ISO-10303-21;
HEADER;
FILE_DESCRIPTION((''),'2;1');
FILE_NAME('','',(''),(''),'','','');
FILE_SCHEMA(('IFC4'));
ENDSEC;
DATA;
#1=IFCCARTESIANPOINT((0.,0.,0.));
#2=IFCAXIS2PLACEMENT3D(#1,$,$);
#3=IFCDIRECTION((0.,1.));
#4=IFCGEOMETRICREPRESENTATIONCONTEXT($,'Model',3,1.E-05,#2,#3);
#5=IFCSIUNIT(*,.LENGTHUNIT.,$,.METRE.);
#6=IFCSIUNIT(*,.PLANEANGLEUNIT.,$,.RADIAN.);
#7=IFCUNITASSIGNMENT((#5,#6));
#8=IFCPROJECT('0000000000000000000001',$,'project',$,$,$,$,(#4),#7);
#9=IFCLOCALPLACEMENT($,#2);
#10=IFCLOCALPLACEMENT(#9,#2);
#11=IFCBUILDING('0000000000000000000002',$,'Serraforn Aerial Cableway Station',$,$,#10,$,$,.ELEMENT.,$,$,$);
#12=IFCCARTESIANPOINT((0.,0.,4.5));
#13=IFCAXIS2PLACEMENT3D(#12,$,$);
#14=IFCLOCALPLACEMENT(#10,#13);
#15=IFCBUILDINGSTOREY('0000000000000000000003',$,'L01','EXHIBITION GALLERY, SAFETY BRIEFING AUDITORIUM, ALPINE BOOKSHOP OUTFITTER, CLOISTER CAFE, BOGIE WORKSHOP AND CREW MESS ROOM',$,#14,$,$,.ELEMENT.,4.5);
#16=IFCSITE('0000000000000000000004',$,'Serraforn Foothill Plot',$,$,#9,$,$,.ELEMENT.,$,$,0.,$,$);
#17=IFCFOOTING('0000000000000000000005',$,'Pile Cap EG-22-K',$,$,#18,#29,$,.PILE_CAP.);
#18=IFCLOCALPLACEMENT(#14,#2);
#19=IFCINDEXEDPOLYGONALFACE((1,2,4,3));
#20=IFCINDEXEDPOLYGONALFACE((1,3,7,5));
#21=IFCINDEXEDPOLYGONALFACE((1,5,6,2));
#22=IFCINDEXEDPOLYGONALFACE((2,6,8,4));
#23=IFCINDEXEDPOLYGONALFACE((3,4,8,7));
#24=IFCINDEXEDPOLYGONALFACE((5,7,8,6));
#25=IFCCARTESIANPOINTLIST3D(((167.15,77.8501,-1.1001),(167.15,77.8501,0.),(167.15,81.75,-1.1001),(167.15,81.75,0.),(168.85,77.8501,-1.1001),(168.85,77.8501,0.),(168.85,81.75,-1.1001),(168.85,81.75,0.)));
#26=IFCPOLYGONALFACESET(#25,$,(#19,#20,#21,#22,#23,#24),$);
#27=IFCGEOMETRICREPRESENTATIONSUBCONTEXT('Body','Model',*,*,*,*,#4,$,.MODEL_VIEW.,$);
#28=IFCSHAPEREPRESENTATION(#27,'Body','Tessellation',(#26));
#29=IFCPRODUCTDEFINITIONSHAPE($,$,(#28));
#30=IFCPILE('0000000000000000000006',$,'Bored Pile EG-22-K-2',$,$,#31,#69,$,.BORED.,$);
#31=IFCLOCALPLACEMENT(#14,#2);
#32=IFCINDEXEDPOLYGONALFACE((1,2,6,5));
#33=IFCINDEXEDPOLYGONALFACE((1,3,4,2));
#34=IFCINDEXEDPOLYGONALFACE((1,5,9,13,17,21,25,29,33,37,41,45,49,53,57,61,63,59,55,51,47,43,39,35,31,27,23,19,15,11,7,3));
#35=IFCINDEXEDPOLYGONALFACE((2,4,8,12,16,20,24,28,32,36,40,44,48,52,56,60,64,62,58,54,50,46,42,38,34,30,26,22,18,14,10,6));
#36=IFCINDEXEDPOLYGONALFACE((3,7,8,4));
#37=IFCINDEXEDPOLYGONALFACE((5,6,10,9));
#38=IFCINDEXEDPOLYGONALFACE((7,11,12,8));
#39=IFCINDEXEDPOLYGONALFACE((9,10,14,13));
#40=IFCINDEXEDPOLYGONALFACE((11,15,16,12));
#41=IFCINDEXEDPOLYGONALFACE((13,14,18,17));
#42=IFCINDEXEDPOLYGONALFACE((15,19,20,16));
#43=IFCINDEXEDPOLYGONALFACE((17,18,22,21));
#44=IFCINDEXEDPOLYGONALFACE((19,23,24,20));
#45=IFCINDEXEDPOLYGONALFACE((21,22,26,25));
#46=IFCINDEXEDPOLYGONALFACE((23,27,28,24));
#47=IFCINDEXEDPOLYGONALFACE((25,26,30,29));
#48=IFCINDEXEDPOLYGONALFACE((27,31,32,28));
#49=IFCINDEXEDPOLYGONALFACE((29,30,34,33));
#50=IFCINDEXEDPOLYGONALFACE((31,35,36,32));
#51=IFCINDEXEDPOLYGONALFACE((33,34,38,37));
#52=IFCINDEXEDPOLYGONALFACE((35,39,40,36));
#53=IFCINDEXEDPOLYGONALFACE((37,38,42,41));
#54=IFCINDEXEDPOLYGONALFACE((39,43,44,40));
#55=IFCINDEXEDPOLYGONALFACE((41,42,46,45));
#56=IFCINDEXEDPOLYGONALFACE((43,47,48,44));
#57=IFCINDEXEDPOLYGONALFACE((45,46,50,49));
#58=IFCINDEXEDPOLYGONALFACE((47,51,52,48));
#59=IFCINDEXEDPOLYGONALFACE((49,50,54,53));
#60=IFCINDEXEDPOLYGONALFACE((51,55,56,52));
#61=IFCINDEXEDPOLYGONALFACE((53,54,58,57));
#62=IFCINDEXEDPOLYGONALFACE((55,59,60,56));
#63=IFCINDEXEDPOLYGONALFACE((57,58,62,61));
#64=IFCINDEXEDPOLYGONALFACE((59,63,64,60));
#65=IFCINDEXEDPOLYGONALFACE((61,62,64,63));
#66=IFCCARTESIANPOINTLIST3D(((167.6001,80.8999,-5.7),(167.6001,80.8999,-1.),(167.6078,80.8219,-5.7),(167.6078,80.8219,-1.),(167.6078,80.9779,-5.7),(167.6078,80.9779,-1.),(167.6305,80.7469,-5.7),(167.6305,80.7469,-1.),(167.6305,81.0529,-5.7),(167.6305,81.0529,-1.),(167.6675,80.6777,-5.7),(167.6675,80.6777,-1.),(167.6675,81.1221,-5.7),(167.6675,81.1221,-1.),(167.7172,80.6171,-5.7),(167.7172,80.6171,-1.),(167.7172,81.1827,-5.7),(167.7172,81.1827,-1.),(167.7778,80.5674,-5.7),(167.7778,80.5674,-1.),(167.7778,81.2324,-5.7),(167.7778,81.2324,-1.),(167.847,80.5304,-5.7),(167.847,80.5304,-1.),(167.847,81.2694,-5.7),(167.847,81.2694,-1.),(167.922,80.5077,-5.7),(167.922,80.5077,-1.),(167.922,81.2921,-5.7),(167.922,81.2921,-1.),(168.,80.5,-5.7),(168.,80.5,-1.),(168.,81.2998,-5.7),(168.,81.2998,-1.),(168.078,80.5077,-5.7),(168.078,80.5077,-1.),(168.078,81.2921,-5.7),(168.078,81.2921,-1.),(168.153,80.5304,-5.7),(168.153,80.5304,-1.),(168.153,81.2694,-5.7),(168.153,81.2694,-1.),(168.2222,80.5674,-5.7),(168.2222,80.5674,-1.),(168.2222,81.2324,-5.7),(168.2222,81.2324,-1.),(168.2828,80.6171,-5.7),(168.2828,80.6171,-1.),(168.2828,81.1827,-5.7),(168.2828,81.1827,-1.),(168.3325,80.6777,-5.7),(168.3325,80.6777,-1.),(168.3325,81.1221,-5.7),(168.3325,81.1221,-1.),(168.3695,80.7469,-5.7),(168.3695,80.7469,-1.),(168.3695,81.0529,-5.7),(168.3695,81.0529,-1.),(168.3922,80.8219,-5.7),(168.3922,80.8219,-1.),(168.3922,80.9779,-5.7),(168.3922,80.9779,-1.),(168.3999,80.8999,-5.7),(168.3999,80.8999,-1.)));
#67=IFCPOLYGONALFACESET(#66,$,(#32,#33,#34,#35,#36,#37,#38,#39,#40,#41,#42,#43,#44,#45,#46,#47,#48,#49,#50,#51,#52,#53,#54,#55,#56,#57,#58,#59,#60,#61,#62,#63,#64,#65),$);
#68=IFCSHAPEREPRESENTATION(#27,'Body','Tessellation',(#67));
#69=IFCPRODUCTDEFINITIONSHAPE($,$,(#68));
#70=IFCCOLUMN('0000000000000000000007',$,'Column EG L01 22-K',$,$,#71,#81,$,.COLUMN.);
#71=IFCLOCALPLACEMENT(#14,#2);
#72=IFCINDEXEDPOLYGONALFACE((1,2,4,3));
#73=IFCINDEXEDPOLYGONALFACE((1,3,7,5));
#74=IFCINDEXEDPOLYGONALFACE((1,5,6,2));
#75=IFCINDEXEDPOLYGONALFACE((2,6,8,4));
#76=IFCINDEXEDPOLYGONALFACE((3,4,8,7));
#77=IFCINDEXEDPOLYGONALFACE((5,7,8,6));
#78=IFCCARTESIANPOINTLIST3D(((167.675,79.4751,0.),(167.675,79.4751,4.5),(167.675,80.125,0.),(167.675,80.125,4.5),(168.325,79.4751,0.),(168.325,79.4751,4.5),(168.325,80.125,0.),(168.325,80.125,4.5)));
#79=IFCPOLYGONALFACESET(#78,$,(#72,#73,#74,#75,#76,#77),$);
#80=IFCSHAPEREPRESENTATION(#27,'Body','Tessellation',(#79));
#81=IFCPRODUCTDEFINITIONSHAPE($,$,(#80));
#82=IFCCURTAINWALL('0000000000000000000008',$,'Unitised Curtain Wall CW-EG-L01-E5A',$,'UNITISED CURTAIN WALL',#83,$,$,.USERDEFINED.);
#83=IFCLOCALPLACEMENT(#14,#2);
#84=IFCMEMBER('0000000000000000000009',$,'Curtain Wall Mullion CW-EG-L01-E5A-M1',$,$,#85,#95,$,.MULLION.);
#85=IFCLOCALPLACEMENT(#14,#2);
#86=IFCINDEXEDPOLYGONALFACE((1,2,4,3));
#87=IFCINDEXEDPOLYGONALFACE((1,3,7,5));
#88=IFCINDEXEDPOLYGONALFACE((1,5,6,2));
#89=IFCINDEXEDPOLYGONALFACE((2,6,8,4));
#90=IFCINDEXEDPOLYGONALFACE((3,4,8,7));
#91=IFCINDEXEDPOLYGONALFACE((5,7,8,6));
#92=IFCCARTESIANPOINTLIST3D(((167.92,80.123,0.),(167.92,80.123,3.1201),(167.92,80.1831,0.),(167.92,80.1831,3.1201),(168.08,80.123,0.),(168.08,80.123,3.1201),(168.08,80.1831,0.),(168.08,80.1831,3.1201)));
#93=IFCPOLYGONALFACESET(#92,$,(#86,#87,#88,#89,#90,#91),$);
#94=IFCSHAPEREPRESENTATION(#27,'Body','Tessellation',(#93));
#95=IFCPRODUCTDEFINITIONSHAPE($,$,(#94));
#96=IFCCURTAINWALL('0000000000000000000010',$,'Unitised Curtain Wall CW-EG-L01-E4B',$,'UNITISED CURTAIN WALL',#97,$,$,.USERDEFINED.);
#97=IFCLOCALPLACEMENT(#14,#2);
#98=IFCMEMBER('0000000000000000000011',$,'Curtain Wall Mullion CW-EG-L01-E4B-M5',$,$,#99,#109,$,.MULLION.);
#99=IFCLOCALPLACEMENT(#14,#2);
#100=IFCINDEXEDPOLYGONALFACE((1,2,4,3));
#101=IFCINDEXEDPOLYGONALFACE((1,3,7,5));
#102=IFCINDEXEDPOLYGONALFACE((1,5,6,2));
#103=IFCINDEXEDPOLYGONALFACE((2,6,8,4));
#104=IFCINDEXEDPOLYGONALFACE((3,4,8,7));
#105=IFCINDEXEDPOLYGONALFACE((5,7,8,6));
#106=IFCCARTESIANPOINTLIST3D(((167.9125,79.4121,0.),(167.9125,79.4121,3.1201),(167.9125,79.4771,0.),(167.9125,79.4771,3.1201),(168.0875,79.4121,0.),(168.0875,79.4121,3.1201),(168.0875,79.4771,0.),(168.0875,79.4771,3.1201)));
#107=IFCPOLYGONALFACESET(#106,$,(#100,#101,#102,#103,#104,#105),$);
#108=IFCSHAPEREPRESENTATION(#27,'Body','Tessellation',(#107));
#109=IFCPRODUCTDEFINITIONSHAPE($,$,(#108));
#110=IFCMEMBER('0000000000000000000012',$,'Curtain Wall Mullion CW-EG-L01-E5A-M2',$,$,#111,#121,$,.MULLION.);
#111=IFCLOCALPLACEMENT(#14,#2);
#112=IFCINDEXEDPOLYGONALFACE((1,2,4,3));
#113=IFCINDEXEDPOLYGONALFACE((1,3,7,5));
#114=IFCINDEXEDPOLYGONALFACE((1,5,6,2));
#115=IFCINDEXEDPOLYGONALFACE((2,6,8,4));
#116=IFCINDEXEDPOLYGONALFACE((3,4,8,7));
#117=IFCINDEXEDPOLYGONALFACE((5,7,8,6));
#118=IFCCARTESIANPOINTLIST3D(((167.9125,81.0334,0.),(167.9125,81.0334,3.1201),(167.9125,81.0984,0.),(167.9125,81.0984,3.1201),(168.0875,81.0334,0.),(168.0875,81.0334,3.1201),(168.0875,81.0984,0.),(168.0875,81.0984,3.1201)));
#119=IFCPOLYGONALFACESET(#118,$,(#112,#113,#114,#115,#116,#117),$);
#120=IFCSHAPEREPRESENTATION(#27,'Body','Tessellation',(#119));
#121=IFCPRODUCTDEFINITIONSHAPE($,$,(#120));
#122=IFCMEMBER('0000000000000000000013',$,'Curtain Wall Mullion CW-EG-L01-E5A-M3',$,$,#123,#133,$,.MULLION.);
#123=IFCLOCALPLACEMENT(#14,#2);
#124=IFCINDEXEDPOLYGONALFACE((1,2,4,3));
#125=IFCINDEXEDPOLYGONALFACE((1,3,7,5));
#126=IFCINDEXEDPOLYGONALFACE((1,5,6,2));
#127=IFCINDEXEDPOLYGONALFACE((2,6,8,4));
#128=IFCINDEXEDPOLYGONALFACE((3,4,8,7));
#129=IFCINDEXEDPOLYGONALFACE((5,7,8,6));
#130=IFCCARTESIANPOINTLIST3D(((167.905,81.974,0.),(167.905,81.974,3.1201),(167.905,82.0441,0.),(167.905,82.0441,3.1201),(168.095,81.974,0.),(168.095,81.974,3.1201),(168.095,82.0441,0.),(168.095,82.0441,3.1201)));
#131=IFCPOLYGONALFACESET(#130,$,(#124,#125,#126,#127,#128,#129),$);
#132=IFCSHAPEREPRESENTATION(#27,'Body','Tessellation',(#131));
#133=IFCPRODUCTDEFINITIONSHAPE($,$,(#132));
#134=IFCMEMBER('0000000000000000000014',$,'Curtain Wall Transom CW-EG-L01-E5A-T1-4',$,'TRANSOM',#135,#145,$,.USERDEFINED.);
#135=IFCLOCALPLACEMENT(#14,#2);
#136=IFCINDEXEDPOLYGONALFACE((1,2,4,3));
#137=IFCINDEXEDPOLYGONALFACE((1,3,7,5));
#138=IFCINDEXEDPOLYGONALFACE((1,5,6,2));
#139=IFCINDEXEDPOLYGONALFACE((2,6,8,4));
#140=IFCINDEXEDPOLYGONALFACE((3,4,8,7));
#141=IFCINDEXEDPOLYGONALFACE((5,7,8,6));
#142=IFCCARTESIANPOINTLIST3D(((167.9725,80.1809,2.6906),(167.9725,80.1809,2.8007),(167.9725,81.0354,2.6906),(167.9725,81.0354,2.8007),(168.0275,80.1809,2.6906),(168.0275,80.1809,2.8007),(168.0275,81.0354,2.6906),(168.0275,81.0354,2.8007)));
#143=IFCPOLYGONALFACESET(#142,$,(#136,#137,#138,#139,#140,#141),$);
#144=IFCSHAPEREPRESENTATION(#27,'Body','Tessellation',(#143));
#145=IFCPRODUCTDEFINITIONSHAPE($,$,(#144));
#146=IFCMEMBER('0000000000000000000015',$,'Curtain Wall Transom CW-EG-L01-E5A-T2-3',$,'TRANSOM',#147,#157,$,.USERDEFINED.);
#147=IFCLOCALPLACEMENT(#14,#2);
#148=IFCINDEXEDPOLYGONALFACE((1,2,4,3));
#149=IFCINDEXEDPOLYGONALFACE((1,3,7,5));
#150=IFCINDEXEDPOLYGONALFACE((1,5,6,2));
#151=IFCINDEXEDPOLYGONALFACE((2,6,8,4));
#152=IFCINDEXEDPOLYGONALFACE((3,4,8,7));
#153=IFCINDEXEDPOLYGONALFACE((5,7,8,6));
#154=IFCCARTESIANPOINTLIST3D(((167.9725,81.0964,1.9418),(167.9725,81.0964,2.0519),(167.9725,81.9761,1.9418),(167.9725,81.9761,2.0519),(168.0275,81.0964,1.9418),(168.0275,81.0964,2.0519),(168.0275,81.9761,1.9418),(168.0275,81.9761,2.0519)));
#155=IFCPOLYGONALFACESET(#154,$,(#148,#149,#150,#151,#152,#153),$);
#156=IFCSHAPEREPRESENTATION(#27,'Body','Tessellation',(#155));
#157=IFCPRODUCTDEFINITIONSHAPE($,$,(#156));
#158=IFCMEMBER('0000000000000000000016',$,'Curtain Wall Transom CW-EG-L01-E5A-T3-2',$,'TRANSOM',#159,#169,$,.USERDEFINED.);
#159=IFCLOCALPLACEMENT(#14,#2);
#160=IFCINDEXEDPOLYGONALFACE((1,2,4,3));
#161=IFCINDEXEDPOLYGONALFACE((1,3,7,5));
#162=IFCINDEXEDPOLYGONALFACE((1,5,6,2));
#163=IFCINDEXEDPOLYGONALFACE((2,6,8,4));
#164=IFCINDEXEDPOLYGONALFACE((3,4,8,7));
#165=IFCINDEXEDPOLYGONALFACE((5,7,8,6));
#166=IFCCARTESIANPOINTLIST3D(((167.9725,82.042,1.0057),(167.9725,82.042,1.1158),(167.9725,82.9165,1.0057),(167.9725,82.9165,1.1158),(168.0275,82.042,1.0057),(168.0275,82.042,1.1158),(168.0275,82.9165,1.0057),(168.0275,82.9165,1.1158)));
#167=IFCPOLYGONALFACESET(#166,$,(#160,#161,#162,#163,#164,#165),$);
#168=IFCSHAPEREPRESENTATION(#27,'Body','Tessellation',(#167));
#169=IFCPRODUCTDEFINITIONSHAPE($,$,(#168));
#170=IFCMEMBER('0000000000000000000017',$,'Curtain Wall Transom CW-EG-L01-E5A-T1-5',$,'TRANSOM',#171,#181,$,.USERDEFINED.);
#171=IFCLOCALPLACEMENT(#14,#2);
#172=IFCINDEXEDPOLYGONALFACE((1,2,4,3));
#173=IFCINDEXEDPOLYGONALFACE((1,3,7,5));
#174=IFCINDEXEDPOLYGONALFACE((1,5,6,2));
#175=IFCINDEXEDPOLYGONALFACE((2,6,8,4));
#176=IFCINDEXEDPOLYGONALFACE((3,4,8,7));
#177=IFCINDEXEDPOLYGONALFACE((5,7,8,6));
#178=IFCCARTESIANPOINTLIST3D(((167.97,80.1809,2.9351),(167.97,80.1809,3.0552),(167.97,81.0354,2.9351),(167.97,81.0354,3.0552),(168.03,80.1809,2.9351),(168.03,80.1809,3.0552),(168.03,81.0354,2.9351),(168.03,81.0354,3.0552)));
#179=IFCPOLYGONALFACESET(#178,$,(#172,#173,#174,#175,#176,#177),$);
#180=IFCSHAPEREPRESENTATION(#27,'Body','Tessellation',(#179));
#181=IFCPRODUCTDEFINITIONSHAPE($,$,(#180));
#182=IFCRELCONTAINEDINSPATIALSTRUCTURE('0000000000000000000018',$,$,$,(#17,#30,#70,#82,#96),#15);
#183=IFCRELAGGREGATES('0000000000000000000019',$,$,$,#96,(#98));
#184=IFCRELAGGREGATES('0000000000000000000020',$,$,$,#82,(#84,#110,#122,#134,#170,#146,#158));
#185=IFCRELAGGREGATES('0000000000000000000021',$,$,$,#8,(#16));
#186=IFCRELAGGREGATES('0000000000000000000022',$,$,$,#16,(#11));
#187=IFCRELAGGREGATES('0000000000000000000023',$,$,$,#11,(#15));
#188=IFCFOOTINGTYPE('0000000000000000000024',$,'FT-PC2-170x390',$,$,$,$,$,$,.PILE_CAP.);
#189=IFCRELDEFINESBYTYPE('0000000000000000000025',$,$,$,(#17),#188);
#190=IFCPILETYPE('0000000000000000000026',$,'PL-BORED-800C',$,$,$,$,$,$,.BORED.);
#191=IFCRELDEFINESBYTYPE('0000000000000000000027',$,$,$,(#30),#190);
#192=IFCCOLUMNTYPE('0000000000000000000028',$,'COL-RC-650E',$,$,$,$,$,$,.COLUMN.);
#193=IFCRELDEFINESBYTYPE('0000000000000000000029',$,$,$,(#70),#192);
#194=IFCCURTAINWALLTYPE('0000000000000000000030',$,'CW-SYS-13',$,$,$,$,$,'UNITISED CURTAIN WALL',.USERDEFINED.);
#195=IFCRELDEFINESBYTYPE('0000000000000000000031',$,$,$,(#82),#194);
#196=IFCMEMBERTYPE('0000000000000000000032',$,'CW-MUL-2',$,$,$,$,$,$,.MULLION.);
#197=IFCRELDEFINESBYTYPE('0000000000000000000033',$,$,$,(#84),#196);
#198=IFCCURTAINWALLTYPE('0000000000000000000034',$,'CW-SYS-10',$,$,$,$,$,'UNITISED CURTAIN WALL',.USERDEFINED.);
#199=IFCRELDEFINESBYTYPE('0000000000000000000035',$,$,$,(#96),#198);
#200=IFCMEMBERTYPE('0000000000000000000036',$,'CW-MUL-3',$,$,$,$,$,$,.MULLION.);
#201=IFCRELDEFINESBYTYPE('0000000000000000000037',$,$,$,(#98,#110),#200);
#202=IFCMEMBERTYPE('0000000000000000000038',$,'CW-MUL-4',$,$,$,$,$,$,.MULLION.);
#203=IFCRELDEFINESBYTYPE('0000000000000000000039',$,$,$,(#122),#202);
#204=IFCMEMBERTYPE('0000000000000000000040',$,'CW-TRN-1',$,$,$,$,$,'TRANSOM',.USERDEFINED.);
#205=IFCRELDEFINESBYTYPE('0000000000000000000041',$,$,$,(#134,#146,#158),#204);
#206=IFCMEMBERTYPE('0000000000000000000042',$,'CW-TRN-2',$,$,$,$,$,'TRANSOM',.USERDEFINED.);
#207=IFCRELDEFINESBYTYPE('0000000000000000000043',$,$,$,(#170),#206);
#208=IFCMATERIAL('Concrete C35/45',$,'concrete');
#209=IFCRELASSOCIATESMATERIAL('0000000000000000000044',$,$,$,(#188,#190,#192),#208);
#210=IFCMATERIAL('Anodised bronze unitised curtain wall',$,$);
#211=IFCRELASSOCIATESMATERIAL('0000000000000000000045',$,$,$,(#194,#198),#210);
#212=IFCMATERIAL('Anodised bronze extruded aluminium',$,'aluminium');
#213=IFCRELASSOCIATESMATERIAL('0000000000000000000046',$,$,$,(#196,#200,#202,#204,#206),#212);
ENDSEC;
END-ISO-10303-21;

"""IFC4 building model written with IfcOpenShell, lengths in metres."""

from ifc_helpers import new_model, si_unit, direction, frame, origin, origin_2d, place, context, subcontext, project, spatial, rectangle, circle, extrude, material, material_profile, profile_set, type_object, element, aggregate, save


model = new_model("IFC4")

# Units and contexts
model_context = context("Model", 3, precision=1e-05, world=origin(), true_north=direction((0.0, 1.0)))
body_context = subcontext(model_context, "Body", "Model", "MODEL_VIEW")
ifc_project = project(units=[si_unit("LENGTHUNIT", "METRE"), si_unit("PLANEANGLEUNIT", "RADIAN")], contexts=[model_context])

# Site, building, storey
site_placement = place(None, origin())
site = spatial("IfcSite", under=ifc_project, at=site_placement, Name="Serraforn Foothill Plot", CompositionType="ELEMENT", RefElevation=0.0)
building_placement = place(site_placement, origin())
building = spatial("IfcBuilding", under=site, at=building_placement, Name="Serraforn Aerial Cableway Station", CompositionType="ELEMENT")
storey_placement = place(building_placement, frame((0.0, 0.0, 4.5)))
storey = spatial("IfcBuildingStorey", under=building, at=storey_placement, Name="L01", Description="EXHIBITION GALLERY, SAFETY BRIEFING AUDITORIUM, ALPINE BOOKSHOP OUTFITTER, CLOISTER CAFE, BOGIE WORKSHOP AND CREW MESS ROOM", CompositionType="ELEMENT", Elevation=4.5)

# Footing
ifc_material_1 = material(Name="Concrete C35/45", Category="concrete")
footing_type = type_object("IfcFootingType", Name="FT-PC2-170x390", PredefinedType="PILE_CAP", material=ifc_material_1)
footing_placement = place(storey_placement, frame((168.0, 79.8, -1.1001), z_axis=(0.0, 0.0, 1.0), x_axis=(1.0, 0.0, 0.0)))
element("IfcFooting", 1, at=footing_placement, inside=storey, type_object=footing_type, Name="Pile Cap EG-22-K", PredefinedType="PILE_CAP", context=body_context, shape_type="SweptSolid", body=[
    extrude(rectangle(XDim=1.7, YDim=3.8999, at=origin_2d()), origin(), (0.0, 0.0, 1.0), 1.1001),
])

# Pile
ifc_material_profile_1 = material_profile(ifc_material_1, circle(Radius=0.3999, at=origin_2d()), Name="BORED PILE D800")
ifc_profile_set_1 = profile_set([ifc_material_profile_1], Name="Concrete C35/45")
pile_type = type_object("IfcPileType", Name="PL-BORED-800C", PredefinedType="BORED", material=ifc_profile_set_1)
pile_placement = place(storey_placement, frame((168.0, 80.8999, -1.0), z_axis=(0.0, 0.0, -1.0), x_axis=(1.0, 0.0, 0.0)))
element("IfcPile", 2, at=pile_placement, inside=storey, type_object=pile_type, Name="Bored Pile EG-22-K-2", PredefinedType="BORED", context=body_context, shape_type="SweptSolid", body=[
    extrude(circle(Radius=0.3999, at=origin_2d()), origin(), (0.0, 0.0, 1.0), 4.7),
])

# Column
ifc_material_profile_2 = material_profile(ifc_material_1, rectangle(XDim=0.6499, YDim=0.6499, at=origin_2d()), Name="RC 650x650")
ifc_profile_set_2 = profile_set([ifc_material_profile_2], Name="Concrete C35/45")
column_type = type_object("IfcColumnType", Name="COL-RC-650E", PredefinedType="COLUMN", material=ifc_profile_set_2)
column_placement = place(storey_placement, frame((168.0, 79.8, 0.0), z_axis=(0.0, 0.0, 1.0), x_axis=(1.0, 0.0, 0.0)))
element("IfcColumn", 3, at=column_placement, inside=storey, type_object=column_type, Name="Column EG L01 22-K", PredefinedType="COLUMN", context=body_context, shape_type="SweptSolid", body=[
    extrude(rectangle(XDim=0.6499, YDim=0.6499, at=origin_2d()), origin(), (0.0, 0.0, 1.0), 4.5),
])

# Curtain walls, members
ifc_material_2 = material(Name="Anodised bronze unitised curtain wall")
curtain_wall_type_1 = type_object("IfcCurtainWallType", Name="CW-SYS-13", ElementType="UNITISED CURTAIN WALL", PredefinedType="USERDEFINED", material=ifc_material_2)
curtain_wall_1_placement = place(storey_placement, origin())
curtain_wall_1 = element("IfcCurtainWall", 4, at=curtain_wall_1_placement, inside=storey, type_object=curtain_wall_type_1, Name="Unitised Curtain Wall CW-EG-L01-E5A", ObjectType="UNITISED CURTAIN WALL", PredefinedType="USERDEFINED")
ifc_material_3 = material(Name="Anodised bronze extruded aluminium", Category="aluminium")
ifc_material_profile_3 = material_profile(ifc_material_3, rectangle(XDim=0.0601, YDim=0.1599, at=origin_2d()), Name="CW MULLION 60x160")
ifc_profile_set_3 = profile_set([ifc_material_profile_3], Name="Anodised bronze extruded aluminium")
member_type_1 = type_object("IfcMemberType", Name="CW-MUL-2", PredefinedType="MULLION", material=ifc_profile_set_3)
member_1_placement = place(storey_placement, frame((168.0, 80.1531, 0.0), z_axis=(0.0, 0.0, 1.0), x_axis=(0.0, 1.0, 0.0)))
member_1 = element("IfcMember", 5, at=member_1_placement, type_object=member_type_1, Name="Curtain Wall Mullion CW-EG-L01-E5A-M1", PredefinedType="MULLION", context=body_context, shape_type="SweptSolid", body=[
    extrude(rectangle(XDim=0.0601, YDim=0.1599, at=origin_2d()), origin(), (0.0, 0.0, 1.0), 3.1201),
])
curtain_wall_type_2 = type_object("IfcCurtainWallType", Name="CW-SYS-10", ElementType="UNITISED CURTAIN WALL", PredefinedType="USERDEFINED", material=ifc_material_2)
curtain_wall_2_placement = place(storey_placement, origin())
curtain_wall_2 = element("IfcCurtainWall", 6, at=curtain_wall_2_placement, inside=storey, type_object=curtain_wall_type_2, Name="Unitised Curtain Wall CW-EG-L01-E4B", ObjectType="UNITISED CURTAIN WALL", PredefinedType="USERDEFINED")
ifc_material_profile_4 = material_profile(ifc_material_3, rectangle(XDim=0.0649, YDim=0.175, at=origin_2d()), Name="CW MULLION 65x175")
ifc_profile_set_4 = profile_set([ifc_material_profile_4], Name="Anodised bronze extruded aluminium")
member_type_2 = type_object("IfcMemberType", Name="CW-MUL-3", PredefinedType="MULLION", material=ifc_profile_set_4)
member_2_placement = place(storey_placement, frame((168.0, 79.4446, 0.0), z_axis=(0.0, 0.0, 1.0), x_axis=(0.0, 1.0, 0.0)))
member_2 = element("IfcMember", 7, at=member_2_placement, type_object=member_type_2, Name="Curtain Wall Mullion CW-EG-L01-E4B-M5", PredefinedType="MULLION", context=body_context, shape_type="SweptSolid", body=[
    extrude(rectangle(XDim=0.0649, YDim=0.175, at=origin_2d()), origin(), (0.0, 0.0, 1.0), 3.1201),
])

# Members
member_3_placement = place(storey_placement, frame((168.0, 81.0659, 0.0), z_axis=(0.0, 0.0, 1.0), x_axis=(0.0, 1.0, 0.0)))
member_3 = element("IfcMember", 8, at=member_3_placement, type_object=member_type_2, Name="Curtain Wall Mullion CW-EG-L01-E5A-M2", PredefinedType="MULLION", context=body_context, shape_type="SweptSolid", body=[
    extrude(rectangle(XDim=0.0649, YDim=0.175, at=origin_2d()), origin(), (0.0, 0.0, 1.0), 3.1201),
])
ifc_material_profile_5 = material_profile(ifc_material_3, rectangle(XDim=0.0701, YDim=0.1899, at=origin_2d()), Name="CW MULLION 70x190")
ifc_profile_set_5 = profile_set([ifc_material_profile_5], Name="Anodised bronze extruded aluminium")
member_type_3 = type_object("IfcMemberType", Name="CW-MUL-4", PredefinedType="MULLION", material=ifc_profile_set_5)
member_4_placement = place(storey_placement, frame((168.0, 82.009, 0.0), z_axis=(0.0, 0.0, 1.0), x_axis=(0.0, 1.0, 0.0)))
member_4 = element("IfcMember", 9, at=member_4_placement, type_object=member_type_3, Name="Curtain Wall Mullion CW-EG-L01-E5A-M3", PredefinedType="MULLION", context=body_context, shape_type="SweptSolid", body=[
    extrude(rectangle(XDim=0.0701, YDim=0.1899, at=origin_2d()), origin(), (0.0, 0.0, 1.0), 3.1201),
])
ifc_material_profile_6 = material_profile(ifc_material_3, rectangle(XDim=0.0549, YDim=0.1101, at=origin_2d()), Name="CW TRANSOM 55x110")
ifc_profile_set_6 = profile_set([ifc_material_profile_6], Name="Anodised bronze extruded aluminium")
member_type_4 = type_object("IfcMemberType", Name="CW-TRN-1", ElementType="TRANSOM", PredefinedType="USERDEFINED", material=ifc_profile_set_6)
member_5_placement = place(storey_placement, frame((168.0, 80.1809, 2.7456), z_axis=(0.0, 1.0, 0.0), x_axis=(-1.0, 0.0, 0.0)))
member_5 = element("IfcMember", 10, at=member_5_placement, type_object=member_type_4, Name="Curtain Wall Transom CW-EG-L01-E5A-T1-4", ObjectType="TRANSOM", PredefinedType="USERDEFINED", context=body_context, shape_type="SweptSolid", body=[
    extrude(rectangle(XDim=0.0549, YDim=0.1101, at=origin_2d()), origin(), (0.0, 0.0, 1.0), 0.8545),
])
member_6_placement = place(storey_placement, frame((168.0, 81.0964, 1.9968), z_axis=(0.0, 1.0, 0.0), x_axis=(-1.0, 0.0, 0.0)))
member_6 = element("IfcMember", 11, at=member_6_placement, type_object=member_type_4, Name="Curtain Wall Transom CW-EG-L01-E5A-T2-3", ObjectType="TRANSOM", PredefinedType="USERDEFINED", context=body_context, shape_type="SweptSolid", body=[
    extrude(rectangle(XDim=0.0549, YDim=0.1101, at=origin_2d()), origin(), (0.0, 0.0, 1.0), 0.8796),
])
member_7_placement = place(storey_placement, frame((168.0, 82.042, 1.0608), z_axis=(0.0, 1.0, 0.0), x_axis=(-1.0, 0.0, 0.0)))
member_7 = element("IfcMember", 12, at=member_7_placement, type_object=member_type_4, Name="Curtain Wall Transom CW-EG-L01-E5A-T3-2", ObjectType="TRANSOM", PredefinedType="USERDEFINED", context=body_context, shape_type="SweptSolid", body=[
    extrude(rectangle(XDim=0.0549, YDim=0.1101, at=origin_2d()), origin(), (0.0, 0.0, 1.0), 0.8745),
])
ifc_material_profile_7 = material_profile(ifc_material_3, rectangle(XDim=0.0601, YDim=0.1201, at=origin_2d()), Name="CW TRANSOM 60x120")
ifc_profile_set_7 = profile_set([ifc_material_profile_7], Name="Anodised bronze extruded aluminium")
member_type_5 = type_object("IfcMemberType", Name="CW-TRN-2", ElementType="TRANSOM", PredefinedType="USERDEFINED", material=ifc_profile_set_7)
member_8_placement = place(storey_placement, frame((168.0, 80.1809, 2.9951), z_axis=(0.0, 1.0, 0.0), x_axis=(-1.0, 0.0, 0.0)))
member_8 = element("IfcMember", 13, at=member_8_placement, type_object=member_type_5, Name="Curtain Wall Transom CW-EG-L01-E5A-T1-5", ObjectType="TRANSOM", PredefinedType="USERDEFINED", context=body_context, shape_type="SweptSolid", body=[
    extrude(rectangle(XDim=0.0601, YDim=0.1201, at=origin_2d()), origin(), (0.0, 0.0, 1.0), 0.8545),
])

aggregate(curtain_wall_2, [member_2])
aggregate(curtain_wall_1, [member_1, member_3, member_4, member_5, member_8, member_6, member_7])

save(model, "model.ifc")
